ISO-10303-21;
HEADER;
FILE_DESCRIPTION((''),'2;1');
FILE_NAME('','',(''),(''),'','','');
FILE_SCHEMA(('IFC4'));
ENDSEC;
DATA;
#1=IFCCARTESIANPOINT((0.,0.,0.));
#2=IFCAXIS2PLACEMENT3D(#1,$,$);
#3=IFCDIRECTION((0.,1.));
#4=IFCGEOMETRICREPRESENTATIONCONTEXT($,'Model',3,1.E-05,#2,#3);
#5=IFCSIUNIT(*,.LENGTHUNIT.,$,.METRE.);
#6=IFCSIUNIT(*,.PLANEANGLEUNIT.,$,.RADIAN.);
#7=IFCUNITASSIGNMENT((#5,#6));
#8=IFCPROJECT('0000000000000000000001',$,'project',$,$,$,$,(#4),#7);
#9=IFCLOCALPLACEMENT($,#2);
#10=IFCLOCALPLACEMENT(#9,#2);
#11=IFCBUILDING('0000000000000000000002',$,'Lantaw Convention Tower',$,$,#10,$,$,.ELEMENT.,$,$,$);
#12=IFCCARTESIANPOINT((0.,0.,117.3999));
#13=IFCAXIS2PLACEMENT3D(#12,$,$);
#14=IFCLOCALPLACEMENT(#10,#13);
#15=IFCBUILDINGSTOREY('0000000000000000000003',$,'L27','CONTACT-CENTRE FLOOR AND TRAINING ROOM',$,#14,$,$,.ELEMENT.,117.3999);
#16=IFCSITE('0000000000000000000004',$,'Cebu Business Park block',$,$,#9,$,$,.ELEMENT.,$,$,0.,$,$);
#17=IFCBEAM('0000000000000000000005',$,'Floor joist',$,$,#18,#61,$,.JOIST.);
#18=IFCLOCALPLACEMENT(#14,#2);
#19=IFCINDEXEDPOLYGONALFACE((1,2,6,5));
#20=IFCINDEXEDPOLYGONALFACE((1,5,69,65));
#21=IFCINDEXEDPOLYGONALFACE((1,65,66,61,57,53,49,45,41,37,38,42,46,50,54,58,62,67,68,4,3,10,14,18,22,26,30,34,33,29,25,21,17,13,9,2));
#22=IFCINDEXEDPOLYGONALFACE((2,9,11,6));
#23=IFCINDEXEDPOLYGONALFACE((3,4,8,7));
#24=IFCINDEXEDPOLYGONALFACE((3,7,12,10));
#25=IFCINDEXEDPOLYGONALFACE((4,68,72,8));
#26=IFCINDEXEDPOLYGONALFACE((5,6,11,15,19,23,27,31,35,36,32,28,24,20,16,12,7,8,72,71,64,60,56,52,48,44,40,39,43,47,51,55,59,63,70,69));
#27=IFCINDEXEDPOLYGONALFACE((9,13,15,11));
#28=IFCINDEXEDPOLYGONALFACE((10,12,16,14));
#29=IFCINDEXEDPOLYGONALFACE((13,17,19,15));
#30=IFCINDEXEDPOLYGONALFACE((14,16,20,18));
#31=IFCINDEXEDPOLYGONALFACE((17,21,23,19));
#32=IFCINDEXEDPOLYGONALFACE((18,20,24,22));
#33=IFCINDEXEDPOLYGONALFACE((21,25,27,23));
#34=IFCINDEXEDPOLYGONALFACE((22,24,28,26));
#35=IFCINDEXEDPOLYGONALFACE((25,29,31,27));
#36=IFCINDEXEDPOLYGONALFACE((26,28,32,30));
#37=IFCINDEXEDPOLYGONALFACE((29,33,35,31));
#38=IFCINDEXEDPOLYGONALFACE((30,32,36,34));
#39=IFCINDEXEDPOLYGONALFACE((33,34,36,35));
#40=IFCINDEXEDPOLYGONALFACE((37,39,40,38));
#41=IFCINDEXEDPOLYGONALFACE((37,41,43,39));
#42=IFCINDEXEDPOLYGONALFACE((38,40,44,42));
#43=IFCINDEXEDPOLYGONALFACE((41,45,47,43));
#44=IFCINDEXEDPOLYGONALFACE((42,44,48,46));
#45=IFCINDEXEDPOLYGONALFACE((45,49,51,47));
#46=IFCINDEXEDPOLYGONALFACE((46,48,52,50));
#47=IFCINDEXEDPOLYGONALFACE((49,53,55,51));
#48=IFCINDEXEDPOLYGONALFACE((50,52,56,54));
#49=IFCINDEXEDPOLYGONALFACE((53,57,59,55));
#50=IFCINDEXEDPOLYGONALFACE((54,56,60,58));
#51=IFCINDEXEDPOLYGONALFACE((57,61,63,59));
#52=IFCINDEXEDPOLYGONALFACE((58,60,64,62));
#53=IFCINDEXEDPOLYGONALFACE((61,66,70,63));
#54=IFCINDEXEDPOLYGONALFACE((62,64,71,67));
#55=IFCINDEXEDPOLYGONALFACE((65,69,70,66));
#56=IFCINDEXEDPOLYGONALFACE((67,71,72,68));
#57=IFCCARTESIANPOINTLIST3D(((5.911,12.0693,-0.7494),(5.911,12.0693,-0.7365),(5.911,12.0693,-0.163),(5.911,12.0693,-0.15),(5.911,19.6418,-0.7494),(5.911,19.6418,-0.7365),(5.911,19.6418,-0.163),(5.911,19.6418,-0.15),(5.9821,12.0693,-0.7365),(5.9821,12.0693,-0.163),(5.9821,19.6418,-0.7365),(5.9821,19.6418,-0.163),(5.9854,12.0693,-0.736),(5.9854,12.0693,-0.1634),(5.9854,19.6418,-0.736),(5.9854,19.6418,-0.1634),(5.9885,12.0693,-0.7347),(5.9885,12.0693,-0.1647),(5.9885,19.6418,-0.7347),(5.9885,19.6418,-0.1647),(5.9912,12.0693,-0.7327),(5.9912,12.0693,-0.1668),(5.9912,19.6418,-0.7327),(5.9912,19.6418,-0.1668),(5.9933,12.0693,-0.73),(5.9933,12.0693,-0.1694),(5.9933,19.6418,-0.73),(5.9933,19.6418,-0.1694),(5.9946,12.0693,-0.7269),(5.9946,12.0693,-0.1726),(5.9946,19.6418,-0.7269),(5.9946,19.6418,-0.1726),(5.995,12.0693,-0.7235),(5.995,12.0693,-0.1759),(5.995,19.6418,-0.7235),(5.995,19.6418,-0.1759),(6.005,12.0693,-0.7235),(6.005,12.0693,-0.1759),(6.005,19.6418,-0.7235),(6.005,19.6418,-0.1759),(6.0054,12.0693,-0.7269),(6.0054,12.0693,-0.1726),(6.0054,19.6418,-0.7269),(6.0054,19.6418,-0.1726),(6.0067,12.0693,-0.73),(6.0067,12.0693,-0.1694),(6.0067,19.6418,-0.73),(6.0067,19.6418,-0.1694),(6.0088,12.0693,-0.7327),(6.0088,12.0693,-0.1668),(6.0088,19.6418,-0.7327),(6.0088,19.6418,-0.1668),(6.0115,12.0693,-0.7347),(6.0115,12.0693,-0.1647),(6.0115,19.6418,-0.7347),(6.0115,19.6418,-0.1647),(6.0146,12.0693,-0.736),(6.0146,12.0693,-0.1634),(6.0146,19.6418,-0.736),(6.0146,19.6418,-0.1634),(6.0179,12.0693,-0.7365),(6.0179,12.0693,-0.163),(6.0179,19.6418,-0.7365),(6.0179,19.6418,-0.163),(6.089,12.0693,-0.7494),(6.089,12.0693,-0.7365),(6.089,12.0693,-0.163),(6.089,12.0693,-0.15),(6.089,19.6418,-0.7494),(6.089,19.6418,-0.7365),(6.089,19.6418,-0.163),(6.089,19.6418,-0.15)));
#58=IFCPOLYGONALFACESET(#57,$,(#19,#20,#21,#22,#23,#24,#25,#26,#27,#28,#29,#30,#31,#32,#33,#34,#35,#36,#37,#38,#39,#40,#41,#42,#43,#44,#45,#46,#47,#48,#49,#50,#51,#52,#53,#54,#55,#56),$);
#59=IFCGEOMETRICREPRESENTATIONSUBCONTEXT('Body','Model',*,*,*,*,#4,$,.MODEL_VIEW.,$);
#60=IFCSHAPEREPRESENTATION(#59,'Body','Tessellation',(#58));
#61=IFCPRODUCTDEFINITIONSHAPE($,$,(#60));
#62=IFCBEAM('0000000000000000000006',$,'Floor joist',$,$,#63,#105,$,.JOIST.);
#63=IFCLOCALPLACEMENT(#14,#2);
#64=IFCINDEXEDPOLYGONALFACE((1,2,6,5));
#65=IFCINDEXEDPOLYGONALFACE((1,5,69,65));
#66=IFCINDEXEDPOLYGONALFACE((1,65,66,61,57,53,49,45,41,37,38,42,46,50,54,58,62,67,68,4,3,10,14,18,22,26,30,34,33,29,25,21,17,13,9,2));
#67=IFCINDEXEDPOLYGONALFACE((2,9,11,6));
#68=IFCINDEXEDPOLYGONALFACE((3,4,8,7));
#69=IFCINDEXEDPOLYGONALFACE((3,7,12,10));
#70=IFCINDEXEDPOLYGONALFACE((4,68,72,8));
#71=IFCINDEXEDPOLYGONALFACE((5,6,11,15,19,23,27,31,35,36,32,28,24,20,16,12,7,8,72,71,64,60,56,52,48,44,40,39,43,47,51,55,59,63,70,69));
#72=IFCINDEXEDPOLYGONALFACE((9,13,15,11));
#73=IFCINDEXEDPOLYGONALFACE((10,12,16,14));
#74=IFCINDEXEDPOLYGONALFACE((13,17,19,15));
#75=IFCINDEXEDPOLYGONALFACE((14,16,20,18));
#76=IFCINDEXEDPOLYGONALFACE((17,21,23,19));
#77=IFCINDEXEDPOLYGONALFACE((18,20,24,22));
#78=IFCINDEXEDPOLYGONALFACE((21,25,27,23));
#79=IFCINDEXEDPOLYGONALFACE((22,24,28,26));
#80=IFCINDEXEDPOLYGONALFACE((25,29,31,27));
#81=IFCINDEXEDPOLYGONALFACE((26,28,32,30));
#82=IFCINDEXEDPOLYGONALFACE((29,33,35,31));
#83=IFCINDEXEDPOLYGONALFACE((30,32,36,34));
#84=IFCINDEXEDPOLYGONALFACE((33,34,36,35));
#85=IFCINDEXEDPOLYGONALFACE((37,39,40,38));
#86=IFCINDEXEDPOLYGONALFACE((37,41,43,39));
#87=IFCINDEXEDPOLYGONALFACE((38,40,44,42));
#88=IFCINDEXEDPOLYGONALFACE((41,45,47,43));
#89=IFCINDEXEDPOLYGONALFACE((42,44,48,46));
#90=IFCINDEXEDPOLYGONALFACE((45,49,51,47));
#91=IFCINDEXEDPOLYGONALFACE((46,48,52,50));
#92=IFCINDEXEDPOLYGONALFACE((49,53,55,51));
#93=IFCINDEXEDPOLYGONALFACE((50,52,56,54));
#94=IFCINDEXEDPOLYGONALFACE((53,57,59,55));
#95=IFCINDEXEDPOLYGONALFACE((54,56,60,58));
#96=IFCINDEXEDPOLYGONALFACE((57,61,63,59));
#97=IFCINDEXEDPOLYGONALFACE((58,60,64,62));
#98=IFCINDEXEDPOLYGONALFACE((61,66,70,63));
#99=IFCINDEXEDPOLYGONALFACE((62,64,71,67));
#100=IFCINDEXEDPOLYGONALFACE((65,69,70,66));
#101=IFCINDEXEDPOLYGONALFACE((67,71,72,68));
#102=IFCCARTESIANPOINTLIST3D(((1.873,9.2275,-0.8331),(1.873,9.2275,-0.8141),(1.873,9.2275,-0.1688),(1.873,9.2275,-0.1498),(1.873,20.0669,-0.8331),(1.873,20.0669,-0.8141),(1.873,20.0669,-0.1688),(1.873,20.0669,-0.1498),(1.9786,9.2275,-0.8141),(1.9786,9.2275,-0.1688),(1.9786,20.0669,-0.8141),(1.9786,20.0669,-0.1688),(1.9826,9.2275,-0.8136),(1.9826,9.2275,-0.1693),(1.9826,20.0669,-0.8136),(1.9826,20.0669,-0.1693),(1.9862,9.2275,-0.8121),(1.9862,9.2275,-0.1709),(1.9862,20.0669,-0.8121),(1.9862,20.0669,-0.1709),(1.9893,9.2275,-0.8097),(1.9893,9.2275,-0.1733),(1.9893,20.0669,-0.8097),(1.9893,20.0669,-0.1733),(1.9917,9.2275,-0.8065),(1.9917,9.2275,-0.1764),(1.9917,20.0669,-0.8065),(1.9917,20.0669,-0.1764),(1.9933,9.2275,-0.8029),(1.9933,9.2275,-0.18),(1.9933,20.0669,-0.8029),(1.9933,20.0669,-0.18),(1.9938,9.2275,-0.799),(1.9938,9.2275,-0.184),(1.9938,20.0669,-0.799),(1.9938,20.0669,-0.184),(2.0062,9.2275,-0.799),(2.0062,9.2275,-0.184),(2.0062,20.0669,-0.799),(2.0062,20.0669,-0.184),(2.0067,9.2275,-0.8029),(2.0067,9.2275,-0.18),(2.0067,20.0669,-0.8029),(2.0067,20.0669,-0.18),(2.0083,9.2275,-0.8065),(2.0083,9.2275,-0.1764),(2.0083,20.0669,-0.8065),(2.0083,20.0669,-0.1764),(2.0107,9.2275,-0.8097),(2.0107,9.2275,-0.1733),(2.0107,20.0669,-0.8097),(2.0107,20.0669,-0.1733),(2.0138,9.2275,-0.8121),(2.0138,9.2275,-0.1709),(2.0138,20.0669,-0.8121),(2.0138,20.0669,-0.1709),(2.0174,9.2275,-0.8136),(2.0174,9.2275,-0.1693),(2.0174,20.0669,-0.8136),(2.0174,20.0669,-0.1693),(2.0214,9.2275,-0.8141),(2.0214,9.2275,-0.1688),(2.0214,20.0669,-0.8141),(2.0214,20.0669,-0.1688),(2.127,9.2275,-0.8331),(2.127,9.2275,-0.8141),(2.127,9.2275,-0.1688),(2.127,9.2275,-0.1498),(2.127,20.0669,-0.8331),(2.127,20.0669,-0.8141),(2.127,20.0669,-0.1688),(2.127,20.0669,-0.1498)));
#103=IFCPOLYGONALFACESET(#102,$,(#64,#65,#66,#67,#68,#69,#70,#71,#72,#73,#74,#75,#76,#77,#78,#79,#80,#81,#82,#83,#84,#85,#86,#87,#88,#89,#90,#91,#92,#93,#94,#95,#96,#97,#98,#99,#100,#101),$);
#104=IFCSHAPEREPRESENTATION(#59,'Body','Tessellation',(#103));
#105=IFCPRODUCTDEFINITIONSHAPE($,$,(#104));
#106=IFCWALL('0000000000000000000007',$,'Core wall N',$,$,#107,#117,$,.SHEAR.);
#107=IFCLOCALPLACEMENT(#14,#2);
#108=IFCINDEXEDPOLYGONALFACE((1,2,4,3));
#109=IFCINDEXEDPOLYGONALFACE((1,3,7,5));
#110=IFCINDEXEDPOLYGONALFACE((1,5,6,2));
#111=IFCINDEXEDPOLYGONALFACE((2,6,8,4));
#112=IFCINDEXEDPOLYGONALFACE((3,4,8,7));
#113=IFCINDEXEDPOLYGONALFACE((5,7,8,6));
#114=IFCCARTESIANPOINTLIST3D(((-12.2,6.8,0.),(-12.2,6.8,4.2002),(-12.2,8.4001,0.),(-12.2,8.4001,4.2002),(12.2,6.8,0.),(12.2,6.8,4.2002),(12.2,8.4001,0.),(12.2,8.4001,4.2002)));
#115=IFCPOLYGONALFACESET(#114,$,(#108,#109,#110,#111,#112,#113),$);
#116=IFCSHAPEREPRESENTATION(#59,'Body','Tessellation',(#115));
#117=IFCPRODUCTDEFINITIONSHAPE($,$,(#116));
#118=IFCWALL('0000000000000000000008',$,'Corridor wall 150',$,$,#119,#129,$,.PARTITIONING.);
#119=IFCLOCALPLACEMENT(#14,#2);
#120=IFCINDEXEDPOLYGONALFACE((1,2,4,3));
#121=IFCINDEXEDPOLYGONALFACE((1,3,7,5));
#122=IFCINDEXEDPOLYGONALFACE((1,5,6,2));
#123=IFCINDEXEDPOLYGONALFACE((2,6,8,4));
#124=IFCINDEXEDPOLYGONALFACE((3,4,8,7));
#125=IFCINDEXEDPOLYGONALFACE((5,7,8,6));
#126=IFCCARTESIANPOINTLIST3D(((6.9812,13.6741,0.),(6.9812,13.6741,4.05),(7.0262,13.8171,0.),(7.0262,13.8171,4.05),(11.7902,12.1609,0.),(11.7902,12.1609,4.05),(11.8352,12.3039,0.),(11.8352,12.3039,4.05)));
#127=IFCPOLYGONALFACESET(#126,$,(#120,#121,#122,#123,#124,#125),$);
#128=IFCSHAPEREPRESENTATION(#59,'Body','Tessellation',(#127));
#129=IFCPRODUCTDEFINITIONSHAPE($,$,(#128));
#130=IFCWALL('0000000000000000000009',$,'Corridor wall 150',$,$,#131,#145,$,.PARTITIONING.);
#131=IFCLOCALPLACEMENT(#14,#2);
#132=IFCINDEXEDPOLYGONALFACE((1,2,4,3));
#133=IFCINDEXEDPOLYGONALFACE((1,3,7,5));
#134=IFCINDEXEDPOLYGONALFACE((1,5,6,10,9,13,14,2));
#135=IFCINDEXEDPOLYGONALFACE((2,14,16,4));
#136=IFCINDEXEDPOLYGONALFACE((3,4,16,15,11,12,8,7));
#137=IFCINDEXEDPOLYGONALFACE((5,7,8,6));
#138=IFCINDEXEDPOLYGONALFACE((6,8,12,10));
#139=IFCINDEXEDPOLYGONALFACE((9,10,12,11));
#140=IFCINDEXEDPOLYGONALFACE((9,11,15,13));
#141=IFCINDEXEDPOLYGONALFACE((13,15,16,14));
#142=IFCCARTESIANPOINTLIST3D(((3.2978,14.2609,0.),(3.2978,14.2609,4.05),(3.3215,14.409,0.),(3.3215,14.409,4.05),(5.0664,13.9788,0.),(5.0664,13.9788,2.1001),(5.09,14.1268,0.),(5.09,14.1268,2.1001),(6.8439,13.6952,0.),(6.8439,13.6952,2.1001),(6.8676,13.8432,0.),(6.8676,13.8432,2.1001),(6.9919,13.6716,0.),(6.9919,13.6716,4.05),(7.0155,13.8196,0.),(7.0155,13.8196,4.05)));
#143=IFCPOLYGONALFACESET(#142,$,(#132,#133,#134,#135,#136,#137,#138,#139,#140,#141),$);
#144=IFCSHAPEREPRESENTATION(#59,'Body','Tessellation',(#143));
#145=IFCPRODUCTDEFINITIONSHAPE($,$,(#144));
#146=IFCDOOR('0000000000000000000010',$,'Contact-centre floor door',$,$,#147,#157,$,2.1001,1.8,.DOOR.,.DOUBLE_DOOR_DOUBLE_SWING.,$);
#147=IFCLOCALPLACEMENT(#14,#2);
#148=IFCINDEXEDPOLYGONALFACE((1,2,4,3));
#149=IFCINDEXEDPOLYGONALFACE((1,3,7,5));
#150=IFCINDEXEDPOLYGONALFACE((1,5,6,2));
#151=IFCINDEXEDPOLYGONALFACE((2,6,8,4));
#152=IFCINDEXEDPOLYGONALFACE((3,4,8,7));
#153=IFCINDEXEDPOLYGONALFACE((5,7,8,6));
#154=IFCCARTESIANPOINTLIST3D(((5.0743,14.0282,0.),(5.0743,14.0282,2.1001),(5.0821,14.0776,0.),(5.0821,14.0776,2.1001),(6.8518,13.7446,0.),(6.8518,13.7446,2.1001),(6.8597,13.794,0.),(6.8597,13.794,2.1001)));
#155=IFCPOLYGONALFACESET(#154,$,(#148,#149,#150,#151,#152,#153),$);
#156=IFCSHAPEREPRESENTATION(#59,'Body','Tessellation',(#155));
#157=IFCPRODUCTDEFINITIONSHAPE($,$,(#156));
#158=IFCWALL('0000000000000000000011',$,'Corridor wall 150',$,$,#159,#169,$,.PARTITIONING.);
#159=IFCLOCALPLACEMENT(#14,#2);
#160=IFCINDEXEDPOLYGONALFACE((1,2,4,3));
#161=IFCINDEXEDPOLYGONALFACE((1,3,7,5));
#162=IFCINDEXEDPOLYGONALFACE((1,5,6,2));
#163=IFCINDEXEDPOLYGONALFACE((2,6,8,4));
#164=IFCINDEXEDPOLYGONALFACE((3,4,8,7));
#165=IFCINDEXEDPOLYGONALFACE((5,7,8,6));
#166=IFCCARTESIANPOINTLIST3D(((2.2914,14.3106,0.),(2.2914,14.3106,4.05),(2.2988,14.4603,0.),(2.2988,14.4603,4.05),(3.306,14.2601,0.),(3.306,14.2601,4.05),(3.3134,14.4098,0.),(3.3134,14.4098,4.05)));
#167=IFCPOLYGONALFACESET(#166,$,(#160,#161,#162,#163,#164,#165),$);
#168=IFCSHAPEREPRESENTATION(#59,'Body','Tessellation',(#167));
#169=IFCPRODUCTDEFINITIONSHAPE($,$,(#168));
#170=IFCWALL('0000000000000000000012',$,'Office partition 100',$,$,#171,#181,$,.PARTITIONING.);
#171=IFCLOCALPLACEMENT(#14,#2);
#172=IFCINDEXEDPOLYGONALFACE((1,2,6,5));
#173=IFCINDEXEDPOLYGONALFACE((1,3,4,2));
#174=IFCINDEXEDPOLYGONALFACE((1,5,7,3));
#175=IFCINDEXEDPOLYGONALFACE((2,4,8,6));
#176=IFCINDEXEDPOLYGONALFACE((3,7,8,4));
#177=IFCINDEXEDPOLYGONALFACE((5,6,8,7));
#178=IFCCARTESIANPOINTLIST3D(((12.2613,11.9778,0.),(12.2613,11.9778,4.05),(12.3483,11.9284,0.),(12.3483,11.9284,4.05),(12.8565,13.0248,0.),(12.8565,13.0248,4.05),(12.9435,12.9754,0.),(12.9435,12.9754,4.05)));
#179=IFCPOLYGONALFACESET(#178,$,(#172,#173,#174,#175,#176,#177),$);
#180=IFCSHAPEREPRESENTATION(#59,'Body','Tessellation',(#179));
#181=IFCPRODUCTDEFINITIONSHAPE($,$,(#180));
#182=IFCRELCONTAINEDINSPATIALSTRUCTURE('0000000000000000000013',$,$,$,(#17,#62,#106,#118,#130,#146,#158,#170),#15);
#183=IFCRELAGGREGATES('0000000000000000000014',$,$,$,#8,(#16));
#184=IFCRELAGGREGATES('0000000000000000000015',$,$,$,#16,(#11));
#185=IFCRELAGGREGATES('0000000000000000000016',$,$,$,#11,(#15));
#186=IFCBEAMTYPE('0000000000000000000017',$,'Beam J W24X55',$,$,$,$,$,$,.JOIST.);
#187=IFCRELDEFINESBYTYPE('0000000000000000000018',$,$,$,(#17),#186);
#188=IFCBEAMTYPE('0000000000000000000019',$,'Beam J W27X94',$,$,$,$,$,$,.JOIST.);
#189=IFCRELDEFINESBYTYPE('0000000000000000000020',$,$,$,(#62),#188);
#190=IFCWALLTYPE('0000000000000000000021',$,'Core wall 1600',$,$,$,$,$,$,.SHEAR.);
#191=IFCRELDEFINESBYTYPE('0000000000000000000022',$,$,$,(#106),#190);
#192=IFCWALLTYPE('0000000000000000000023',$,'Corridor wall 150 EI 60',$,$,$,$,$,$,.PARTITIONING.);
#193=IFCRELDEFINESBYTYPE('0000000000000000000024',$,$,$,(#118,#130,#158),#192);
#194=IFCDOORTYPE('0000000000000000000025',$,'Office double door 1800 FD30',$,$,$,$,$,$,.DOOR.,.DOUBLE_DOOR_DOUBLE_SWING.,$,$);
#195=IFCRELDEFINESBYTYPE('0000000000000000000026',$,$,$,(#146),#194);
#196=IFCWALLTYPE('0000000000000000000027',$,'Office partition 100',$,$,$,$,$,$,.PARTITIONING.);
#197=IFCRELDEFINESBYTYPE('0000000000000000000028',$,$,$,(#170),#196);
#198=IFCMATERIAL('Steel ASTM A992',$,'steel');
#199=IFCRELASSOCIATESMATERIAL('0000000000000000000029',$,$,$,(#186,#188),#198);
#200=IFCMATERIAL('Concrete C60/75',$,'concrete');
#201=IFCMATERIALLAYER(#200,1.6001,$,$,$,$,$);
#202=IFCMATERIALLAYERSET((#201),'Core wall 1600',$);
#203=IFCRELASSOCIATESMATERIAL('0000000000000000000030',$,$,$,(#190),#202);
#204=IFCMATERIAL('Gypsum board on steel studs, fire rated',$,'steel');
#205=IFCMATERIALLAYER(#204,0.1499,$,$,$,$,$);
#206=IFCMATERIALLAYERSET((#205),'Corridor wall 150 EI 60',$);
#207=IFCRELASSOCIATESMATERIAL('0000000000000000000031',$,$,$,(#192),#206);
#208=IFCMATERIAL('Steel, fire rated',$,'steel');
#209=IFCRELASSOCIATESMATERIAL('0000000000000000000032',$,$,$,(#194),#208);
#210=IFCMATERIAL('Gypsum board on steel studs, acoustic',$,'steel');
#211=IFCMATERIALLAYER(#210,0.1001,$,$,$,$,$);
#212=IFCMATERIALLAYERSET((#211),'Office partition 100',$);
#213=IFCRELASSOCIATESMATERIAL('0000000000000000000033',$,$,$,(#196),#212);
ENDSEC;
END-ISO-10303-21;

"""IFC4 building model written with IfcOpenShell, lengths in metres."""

from ifc_helpers import new_model, si_unit, direction, frame, frame_2d, origin, origin_2d, place, context, subcontext, project, spatial, rectangle, i_section, extrude, material, layer, layer_set, material_profile, profile_set, type_object, element, fill, save


model = new_model("IFC4")

# Units and contexts
model_context = context("Model", 3, precision=1e-05, world=origin(), true_north=direction((0.0, 1.0)))
body_context = subcontext(model_context, "Body", "Model", "MODEL_VIEW")
ifc_project = project(units=[si_unit("LENGTHUNIT", "METRE"), si_unit("PLANEANGLEUNIT", "RADIAN")], contexts=[model_context])

# Site, building, storey
site_placement = place(None, origin())
site = spatial("IfcSite", under=ifc_project, at=site_placement, Name="Cebu Business Park block", CompositionType="ELEMENT", RefElevation=0.0)
building_placement = place(site_placement, origin())
building = spatial("IfcBuilding", under=site, at=building_placement, Name="Lantaw Convention Tower", CompositionType="ELEMENT")
storey_placement = place(building_placement, frame((0.0, 0.0, 117.3999)))
storey = spatial("IfcBuildingStorey", under=building, at=storey_placement, Name="L27", Description="CONTACT-CENTRE FLOOR AND TRAINING ROOM", CompositionType="ELEMENT", Elevation=117.3999)

# Beams
ifc_material_1 = material(Name="Steel ASTM A992", Category="steel")
ifc_material_profile_1 = material_profile(ifc_material_1, i_section(OverallWidth=0.178, OverallDepth=0.5994, WebThickness=0.01, FlangeThickness=0.0129, FilletRadius=0.0129, at=origin_2d()), Name="W24X55")
ifc_profile_set_1 = profile_set([ifc_material_profile_1], Name="Steel ASTM A992")
beam_type_1 = type_object("IfcBeamType", Name="Beam J W24X55", PredefinedType="JOIST", material=ifc_profile_set_1)
beam_1_placement = place(storey_placement, frame((6.0, 12.0693, -0.4497), z_axis=(0.0, 1.0, 0.0), x_axis=(-1.0, 0.0, 0.0)))
element("IfcBeam", 1, at=beam_1_placement, inside=storey, type_object=beam_type_1, Name="Floor joist", PredefinedType="JOIST", context=body_context, shape_type="SweptSolid", body=[
    extrude(i_section(OverallWidth=0.178, OverallDepth=0.5994, WebThickness=0.01, FlangeThickness=0.0129, FilletRadius=0.0129, at=origin_2d()), origin(), (0.0, 0.0, 1.0), 7.5725),
])
ifc_material_profile_2 = material_profile(ifc_material_1, i_section(OverallWidth=0.2539, OverallDepth=0.6833, WebThickness=0.0125, FlangeThickness=0.019, FilletRadius=0.0151, at=origin_2d()), Name="W27X94")
ifc_profile_set_2 = profile_set([ifc_material_profile_2], Name="Steel ASTM A992")
beam_type_2 = type_object("IfcBeamType", Name="Beam J W27X94", PredefinedType="JOIST", material=ifc_profile_set_2)
beam_2_placement = place(storey_placement, frame((2.0, 9.2275, -0.4915), z_axis=(0.0, 1.0, 0.0), x_axis=(-1.0, 0.0, 0.0)))
element("IfcBeam", 2, at=beam_2_placement, inside=storey, type_object=beam_type_2, Name="Floor joist", PredefinedType="JOIST", context=body_context, shape_type="SweptSolid", body=[
    extrude(i_section(OverallWidth=0.2539, OverallDepth=0.6833, WebThickness=0.0125, FlangeThickness=0.019, FilletRadius=0.0151, at=origin_2d()), origin(), (0.0, 0.0, 1.0), 10.8394),
])

# Walls
ifc_material_2 = material(Name="Concrete C60/75", Category="concrete")
ifc_layer_1 = layer(ifc_material_2, 1.6001)
ifc_layer_set_1 = layer_set([ifc_layer_1], Name="Core wall 1600")
wall_type_1 = type_object("IfcWallType", Name="Core wall 1600", PredefinedType="SHEAR", material=ifc_layer_set_1)
wall_1_placement = place(storey_placement, frame((12.2, 7.6001, 0.0), z_axis=(0.0, 0.0, 1.0), x_axis=(-1.0, 0.0, 0.0)))
element("IfcWall", 3, at=wall_1_placement, inside=storey, type_object=wall_type_1, Name="Core wall N", PredefinedType="SHEAR", context=body_context, shape_type="SweptSolid", body=[
    extrude(rectangle(XDim=24.3999, YDim=1.6001, at=frame_2d((12.2, 0.0))), origin(), (0.0, 0.0, 1.0), 4.2002),
])
ifc_material_3 = material(Name="Gypsum board on steel studs, fire rated", Category="steel")
ifc_layer_2 = layer(ifc_material_3, 0.1499)
ifc_layer_set_2 = layer_set([ifc_layer_2], Name="Corridor wall 150 EI 60")
wall_type_2 = type_object("IfcWallType", Name="Corridor wall 150 EI 60", PredefinedType="PARTITIONING", material=ifc_layer_set_2)
wall_2_placement = place(storey_placement, frame((11.8127, 12.2324, 0.0), z_axis=(0.0, 0.0, 1.0), x_axis=(-0.953894, 0.300144, 0.0)))
element("IfcWall", 4, at=wall_2_placement, inside=storey, type_object=wall_type_2, Name="Corridor wall 150", PredefinedType="PARTITIONING", context=body_context, shape_type="SweptSolid", body=[
    extrude(rectangle(XDim=5.0415, YDim=0.1499, at=frame_2d((2.5208, 0.0))), origin(), (0.0, 0.0, 1.0), 4.05),
])

# Wall, opening, door
wall_3_placement = place(storey_placement, frame((7.0037, 13.7456, 0.0), z_axis=(0.0, 0.0, 1.0), x_axis=(-0.987511, 0.157548, 0.0)))
wall_3 = element("IfcWall", 5, at=wall_3_placement, inside=storey, type_object=wall_type_2, Name="Corridor wall 150", PredefinedType="PARTITIONING", context=body_context, shape_type="SweptSolid", body=[
    extrude(rectangle(XDim=3.7407, YDim=0.1499, at=frame_2d((1.8704, 0.0))), origin(), (0.0, 0.0, 1.0), 4.05),
])
opening_1_placement = place(wall_3_placement, frame((0.1499, 0.0, 0.0)))
opening_1 = element("IfcOpeningElement", 6, at=opening_1_placement, cuts=wall_3, PredefinedType="OPENING", context=body_context, shape_type="SweptSolid", body=[
    extrude(rectangle(XDim=1.8, YDim=2.1001, at=frame_2d((0.8999, 1.05))), frame((0.0, 0.085, 0.0), z_axis=(0.0, -1.0, 0.0), x_axis=(1.0, 0.0, 0.0)), (0.0, 0.0, 1.0), 0.1699),
])
ifc_material_4 = material(Name="Steel, fire rated", Category="steel")
door_type_1 = type_object("IfcDoorType", Name="Office double door 1800 FD30", OperationType="DOUBLE_DOOR_DOUBLE_SWING", PredefinedType="DOOR", material=ifc_material_4)
door_1_placement = place(opening_1_placement, origin())
door_1 = element("IfcDoor", 7, at=door_1_placement, inside=storey, type_object=door_type_1, Name="Contact-centre floor door", OperationType="DOUBLE_DOOR_DOUBLE_SWING", OverallHeight=2.1001, OverallWidth=1.8, PredefinedType="DOOR", context=body_context, shape_type="SweptSolid", body=[
    extrude(rectangle(XDim=1.8, YDim=2.1001, at=frame_2d((0.8999, 1.05))), frame((0.0, 0.0249, 0.0), z_axis=(0.0, -1.0, 0.0), x_axis=(1.0, 0.0, 0.0)), (0.0, 0.0, 1.0), 0.05),
])
fill(opening_1, door_1)

# Walls
wall_4_placement = place(storey_placement, frame((3.3096, 14.335, 0.0), z_axis=(0.0, 0.0, 1.0), x_axis=(-0.998762, 0.049746, 0.0)))
element("IfcWall", 8, at=wall_4_placement, inside=storey, type_object=wall_type_2, Name="Corridor wall 150", PredefinedType="PARTITIONING", context=body_context, shape_type="SweptSolid", body=[
    extrude(rectangle(XDim=1.0159, YDim=0.1499, at=frame_2d((0.5078, 0.0))), origin(), (0.0, 0.0, 1.0), 4.05),
])
ifc_material_5 = material(Name="Gypsum board on steel studs, acoustic", Category="steel")
ifc_layer_3 = layer(ifc_material_5, 0.1001)
ifc_layer_set_3 = layer_set([ifc_layer_3], Name="Office partition 100")
wall_type_3 = type_object("IfcWallType", Name="Office partition 100", PredefinedType="PARTITIONING", material=ifc_layer_set_3)
wall_5_placement = place(storey_placement, frame((12.8999, 13.0, 0.0), z_axis=(0.0, 0.0, 1.0), x_axis=(-0.494173, -0.869364, 0.0)))
element("IfcWall", 9, at=wall_5_placement, inside=storey, type_object=wall_type_3, Name="Office partition 100", PredefinedType="PARTITIONING", context=body_context, shape_type="SweptSolid", body=[
    extrude(rectangle(XDim=1.2043, YDim=0.1001, at=frame_2d((0.6021, 0.0))), origin(), (0.0, 0.0, 1.0), 4.05),
])

save(model, "model.ifc")
